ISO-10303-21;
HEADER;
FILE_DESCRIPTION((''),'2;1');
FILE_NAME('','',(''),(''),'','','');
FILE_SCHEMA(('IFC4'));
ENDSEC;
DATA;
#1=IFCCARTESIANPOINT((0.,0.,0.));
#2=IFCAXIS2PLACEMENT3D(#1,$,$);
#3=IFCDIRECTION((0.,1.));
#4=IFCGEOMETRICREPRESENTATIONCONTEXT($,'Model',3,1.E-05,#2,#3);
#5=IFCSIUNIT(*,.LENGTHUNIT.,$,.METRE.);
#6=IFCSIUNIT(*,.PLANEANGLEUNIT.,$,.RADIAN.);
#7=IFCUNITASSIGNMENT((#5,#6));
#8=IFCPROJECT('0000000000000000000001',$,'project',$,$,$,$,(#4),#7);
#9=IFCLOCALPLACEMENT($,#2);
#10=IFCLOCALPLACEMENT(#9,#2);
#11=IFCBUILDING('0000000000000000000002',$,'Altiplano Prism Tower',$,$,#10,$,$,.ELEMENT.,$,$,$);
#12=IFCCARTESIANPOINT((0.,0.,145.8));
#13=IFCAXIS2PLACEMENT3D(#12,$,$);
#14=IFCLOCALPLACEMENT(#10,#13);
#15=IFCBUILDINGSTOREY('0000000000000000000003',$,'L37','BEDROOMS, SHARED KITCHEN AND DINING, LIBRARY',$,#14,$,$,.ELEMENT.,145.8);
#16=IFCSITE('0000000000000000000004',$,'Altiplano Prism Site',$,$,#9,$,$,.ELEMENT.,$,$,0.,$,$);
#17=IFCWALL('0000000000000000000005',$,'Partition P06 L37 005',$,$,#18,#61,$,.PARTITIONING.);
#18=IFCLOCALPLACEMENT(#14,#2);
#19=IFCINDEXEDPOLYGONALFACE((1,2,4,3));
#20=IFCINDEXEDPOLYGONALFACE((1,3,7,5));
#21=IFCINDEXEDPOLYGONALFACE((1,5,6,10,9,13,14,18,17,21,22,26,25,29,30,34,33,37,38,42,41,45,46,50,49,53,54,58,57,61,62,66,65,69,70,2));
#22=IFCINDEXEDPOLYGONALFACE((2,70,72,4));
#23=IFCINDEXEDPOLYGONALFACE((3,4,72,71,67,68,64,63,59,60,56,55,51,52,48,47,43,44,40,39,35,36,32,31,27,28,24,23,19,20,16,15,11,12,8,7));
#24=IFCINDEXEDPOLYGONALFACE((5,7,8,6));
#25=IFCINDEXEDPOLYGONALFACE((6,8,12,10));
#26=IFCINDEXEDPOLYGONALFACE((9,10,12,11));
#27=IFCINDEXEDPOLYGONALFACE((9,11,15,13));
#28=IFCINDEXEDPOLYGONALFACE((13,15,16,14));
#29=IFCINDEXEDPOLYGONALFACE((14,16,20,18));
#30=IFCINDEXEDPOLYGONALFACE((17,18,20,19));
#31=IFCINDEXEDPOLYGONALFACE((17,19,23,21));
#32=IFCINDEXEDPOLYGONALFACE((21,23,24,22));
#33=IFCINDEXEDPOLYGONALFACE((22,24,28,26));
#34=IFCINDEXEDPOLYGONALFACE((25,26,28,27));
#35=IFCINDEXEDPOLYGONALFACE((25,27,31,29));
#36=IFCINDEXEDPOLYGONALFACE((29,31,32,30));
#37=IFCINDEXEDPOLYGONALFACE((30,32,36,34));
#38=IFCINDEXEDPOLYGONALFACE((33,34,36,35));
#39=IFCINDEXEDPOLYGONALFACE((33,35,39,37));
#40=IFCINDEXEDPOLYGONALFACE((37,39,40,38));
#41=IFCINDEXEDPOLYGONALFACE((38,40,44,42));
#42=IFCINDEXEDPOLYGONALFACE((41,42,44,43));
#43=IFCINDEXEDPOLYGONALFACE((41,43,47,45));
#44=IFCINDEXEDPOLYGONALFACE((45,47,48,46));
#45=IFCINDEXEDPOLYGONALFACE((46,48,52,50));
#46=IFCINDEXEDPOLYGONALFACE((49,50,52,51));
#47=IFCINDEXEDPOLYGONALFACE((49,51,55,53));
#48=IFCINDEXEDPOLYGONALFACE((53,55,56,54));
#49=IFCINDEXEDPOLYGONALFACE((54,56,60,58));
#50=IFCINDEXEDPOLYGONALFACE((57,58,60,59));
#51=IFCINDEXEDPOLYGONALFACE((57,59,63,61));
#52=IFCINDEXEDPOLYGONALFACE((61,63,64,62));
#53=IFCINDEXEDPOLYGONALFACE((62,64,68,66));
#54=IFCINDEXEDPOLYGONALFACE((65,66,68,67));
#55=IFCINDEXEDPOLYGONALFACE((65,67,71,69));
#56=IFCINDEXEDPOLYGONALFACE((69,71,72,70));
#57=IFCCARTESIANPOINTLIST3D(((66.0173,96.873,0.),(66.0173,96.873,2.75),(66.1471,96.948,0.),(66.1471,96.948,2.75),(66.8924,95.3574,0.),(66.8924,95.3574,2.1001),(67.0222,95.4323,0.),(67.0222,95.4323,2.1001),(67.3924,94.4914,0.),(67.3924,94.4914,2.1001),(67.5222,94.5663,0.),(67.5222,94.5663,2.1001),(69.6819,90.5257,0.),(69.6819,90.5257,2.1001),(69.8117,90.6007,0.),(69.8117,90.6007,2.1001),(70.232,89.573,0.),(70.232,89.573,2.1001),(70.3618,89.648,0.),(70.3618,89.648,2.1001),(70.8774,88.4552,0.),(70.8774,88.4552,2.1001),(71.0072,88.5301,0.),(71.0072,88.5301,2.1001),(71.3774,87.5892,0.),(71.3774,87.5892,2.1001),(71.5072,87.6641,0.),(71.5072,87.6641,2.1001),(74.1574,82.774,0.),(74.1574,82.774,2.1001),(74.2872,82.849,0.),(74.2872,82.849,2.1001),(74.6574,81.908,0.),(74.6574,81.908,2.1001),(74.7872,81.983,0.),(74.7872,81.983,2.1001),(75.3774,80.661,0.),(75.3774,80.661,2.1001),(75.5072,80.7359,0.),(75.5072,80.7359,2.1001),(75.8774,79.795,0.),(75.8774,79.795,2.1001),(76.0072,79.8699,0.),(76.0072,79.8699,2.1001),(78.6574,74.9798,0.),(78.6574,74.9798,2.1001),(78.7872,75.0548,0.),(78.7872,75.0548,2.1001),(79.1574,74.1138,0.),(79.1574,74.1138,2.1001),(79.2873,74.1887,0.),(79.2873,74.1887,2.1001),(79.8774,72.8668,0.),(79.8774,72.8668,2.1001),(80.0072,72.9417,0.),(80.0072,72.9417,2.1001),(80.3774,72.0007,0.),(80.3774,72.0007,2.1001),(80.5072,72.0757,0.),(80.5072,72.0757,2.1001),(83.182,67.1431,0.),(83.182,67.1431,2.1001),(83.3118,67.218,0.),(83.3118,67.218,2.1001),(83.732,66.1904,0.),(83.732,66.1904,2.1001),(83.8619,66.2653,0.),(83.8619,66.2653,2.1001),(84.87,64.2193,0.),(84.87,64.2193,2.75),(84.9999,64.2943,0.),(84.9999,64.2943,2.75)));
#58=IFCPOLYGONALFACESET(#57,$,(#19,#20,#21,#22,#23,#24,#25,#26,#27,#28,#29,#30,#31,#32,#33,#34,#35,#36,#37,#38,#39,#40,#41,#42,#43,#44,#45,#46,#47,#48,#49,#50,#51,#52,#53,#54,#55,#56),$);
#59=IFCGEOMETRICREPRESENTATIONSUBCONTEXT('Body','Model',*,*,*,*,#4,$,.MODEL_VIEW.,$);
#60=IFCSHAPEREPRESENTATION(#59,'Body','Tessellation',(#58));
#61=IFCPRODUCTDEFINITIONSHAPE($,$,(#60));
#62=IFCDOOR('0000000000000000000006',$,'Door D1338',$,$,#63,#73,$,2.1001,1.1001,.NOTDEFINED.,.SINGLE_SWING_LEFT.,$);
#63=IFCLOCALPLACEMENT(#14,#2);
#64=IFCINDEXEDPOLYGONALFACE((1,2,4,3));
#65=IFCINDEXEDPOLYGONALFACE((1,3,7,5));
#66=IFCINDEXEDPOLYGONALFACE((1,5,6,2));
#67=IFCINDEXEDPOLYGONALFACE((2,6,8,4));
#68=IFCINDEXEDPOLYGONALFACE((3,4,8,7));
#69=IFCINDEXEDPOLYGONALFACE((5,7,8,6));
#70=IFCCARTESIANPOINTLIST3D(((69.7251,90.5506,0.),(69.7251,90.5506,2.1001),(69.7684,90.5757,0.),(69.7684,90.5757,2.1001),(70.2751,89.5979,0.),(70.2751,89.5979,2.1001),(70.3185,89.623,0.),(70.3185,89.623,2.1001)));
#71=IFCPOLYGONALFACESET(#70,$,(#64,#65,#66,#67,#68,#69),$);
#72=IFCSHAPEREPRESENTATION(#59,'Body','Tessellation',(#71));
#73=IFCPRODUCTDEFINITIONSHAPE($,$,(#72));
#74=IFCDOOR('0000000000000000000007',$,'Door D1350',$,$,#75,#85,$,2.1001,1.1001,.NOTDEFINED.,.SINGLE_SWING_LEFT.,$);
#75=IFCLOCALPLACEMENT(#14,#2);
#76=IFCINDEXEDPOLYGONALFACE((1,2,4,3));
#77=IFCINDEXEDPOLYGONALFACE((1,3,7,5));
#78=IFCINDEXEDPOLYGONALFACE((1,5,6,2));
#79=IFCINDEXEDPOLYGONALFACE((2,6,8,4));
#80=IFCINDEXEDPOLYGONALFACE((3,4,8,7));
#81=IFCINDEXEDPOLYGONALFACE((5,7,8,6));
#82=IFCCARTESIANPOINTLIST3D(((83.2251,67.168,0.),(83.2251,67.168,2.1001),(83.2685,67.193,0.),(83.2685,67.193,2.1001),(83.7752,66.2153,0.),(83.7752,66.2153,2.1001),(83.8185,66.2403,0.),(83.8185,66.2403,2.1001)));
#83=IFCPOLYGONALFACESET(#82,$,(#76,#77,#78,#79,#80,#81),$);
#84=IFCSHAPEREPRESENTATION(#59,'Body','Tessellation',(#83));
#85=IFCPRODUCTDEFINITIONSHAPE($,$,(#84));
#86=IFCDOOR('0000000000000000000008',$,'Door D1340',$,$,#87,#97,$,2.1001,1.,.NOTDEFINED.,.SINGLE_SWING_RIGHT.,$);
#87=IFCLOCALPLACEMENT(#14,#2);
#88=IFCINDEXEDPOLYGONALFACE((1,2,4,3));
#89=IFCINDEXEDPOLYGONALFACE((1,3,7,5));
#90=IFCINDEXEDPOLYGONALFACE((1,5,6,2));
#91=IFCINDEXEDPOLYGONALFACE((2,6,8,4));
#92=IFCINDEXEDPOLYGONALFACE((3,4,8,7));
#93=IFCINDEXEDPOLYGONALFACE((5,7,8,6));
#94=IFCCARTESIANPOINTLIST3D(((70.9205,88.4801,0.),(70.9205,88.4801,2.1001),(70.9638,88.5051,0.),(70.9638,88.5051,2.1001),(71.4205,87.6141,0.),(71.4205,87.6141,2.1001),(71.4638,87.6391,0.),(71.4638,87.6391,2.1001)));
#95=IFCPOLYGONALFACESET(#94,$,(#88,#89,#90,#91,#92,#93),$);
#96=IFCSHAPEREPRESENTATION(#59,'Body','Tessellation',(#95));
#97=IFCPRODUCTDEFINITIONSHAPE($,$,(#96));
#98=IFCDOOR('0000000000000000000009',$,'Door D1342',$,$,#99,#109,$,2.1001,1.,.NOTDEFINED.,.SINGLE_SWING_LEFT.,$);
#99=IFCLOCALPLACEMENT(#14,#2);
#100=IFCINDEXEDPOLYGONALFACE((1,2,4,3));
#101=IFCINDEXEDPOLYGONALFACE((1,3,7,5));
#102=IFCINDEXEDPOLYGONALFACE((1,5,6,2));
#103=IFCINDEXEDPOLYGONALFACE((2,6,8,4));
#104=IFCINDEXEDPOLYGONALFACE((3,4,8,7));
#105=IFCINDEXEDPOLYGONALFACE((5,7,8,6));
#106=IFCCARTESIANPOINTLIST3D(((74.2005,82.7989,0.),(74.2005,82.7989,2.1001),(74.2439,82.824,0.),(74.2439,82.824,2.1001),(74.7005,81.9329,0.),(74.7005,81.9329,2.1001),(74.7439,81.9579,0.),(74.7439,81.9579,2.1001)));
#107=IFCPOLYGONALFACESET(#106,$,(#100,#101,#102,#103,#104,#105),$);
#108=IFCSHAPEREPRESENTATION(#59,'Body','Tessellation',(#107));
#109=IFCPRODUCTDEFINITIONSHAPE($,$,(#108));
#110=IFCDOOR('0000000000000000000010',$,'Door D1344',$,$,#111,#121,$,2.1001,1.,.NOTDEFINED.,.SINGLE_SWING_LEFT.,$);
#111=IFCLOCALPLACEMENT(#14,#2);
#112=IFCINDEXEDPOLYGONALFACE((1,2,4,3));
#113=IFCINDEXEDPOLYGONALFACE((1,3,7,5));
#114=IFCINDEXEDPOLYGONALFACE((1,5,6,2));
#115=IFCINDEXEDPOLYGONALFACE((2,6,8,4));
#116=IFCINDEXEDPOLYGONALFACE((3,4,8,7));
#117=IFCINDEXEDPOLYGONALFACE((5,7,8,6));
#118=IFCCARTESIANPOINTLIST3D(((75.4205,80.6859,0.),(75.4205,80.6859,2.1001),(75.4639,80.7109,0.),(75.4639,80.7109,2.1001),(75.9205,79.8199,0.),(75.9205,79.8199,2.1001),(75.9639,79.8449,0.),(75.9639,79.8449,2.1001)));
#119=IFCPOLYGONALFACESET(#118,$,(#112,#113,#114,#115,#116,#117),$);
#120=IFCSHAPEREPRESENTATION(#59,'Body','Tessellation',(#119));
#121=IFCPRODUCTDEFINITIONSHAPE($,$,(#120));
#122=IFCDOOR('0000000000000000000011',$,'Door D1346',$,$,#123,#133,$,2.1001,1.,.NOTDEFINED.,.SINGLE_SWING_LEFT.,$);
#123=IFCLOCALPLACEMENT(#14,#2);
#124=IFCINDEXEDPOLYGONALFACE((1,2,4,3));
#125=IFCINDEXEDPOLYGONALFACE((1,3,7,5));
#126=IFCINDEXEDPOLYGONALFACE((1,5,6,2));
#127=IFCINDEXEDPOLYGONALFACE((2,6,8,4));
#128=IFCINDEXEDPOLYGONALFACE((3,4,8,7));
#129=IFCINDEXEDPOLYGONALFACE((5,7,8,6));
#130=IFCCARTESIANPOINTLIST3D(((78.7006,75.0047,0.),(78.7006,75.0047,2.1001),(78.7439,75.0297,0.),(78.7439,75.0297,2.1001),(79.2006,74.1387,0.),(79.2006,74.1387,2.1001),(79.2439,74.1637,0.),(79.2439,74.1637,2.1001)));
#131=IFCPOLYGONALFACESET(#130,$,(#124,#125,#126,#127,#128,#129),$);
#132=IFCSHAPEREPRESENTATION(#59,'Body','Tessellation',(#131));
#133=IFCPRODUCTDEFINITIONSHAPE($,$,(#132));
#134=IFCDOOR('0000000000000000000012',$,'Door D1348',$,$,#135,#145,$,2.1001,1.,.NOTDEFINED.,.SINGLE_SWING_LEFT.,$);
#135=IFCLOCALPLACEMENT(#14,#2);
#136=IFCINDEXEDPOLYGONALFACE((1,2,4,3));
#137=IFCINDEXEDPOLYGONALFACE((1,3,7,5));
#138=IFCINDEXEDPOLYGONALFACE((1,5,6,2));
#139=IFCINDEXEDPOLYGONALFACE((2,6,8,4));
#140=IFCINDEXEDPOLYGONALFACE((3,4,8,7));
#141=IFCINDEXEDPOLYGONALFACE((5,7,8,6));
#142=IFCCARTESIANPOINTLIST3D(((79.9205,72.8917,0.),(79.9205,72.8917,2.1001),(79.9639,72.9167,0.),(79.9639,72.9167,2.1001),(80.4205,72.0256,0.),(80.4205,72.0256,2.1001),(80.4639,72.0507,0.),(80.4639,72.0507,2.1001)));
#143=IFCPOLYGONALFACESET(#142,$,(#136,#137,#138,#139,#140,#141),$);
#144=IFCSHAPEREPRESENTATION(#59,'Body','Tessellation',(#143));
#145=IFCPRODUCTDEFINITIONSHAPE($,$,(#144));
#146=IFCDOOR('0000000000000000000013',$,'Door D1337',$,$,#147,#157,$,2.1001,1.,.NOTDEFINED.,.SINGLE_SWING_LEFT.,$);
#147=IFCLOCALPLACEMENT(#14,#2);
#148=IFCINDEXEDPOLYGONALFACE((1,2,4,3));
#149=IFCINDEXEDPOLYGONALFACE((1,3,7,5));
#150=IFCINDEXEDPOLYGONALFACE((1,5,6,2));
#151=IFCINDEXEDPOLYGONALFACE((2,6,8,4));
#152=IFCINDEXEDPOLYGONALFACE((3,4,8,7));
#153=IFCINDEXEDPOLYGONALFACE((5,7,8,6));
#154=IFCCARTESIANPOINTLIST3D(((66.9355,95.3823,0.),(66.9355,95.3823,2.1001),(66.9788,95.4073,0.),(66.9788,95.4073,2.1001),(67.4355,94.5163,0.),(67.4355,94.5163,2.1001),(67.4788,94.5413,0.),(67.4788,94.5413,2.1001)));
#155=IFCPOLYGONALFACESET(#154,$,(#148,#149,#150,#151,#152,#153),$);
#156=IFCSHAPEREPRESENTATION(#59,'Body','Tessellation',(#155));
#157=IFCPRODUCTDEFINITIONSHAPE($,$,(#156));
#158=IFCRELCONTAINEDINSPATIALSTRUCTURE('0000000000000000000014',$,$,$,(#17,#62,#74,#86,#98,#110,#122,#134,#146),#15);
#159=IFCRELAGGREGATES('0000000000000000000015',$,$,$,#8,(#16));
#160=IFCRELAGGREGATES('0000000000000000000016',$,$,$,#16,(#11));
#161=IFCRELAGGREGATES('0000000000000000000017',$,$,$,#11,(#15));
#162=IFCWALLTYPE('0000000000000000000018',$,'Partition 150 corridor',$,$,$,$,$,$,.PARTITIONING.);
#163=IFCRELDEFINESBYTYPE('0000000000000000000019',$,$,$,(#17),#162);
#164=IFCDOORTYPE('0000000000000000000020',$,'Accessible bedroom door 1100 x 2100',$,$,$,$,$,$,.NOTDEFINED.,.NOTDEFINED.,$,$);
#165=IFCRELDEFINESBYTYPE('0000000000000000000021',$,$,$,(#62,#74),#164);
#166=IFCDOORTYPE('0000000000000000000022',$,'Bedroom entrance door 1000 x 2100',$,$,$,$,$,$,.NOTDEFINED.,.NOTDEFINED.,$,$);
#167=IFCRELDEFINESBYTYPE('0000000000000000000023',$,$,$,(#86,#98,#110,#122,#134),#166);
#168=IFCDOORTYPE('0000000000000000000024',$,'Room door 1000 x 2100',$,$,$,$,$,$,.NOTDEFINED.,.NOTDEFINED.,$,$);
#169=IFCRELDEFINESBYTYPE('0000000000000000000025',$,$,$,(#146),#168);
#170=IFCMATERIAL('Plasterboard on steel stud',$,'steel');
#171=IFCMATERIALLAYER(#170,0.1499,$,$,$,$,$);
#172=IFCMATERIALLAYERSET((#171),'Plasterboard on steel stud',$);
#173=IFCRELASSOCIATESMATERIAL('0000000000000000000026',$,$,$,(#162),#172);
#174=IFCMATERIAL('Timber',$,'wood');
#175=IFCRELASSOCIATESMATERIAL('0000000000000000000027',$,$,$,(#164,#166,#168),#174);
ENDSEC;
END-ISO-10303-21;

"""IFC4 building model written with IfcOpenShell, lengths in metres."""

from ifc_helpers import new_model, si_unit, direction, frame, frame_2d, origin, place, context, subcontext, project, spatial, rectangle, extrude, material, layer, layer_set, type_object, element, fill, save


model = new_model("IFC4")

# Units and contexts
model_context = context("Model", 3, precision=1e-05, world=origin(), true_north=direction((0.0, 1.0)))
body_context = subcontext(model_context, "Body", "Model", "MODEL_VIEW")
ifc_project = project(units=[si_unit("LENGTHUNIT", "METRE"), si_unit("PLANEANGLEUNIT", "RADIAN")], contexts=[model_context])

# Site, building, storey
site_placement = place(None, origin())
site = spatial("IfcSite", under=ifc_project, at=site_placement, Name="Altiplano Prism Site", CompositionType="ELEMENT", RefElevation=0.0)
building_placement = place(site_placement, origin())
building = spatial("IfcBuilding", under=site, at=building_placement, Name="Altiplano Prism Tower", CompositionType="ELEMENT")
storey_placement = place(building_placement, frame((0.0, 0.0, 145.8)))
storey = spatial("IfcBuildingStorey", under=building, at=storey_placement, Name="L37", Description="BEDROOMS, SHARED KITCHEN AND DINING, LIBRARY", CompositionType="ELEMENT", Elevation=145.8)

# Shared definitions
ifc_material_1 = material(Name="Plasterboard on steel stud", Category="steel")

# Shared definitions
ifc_layer_1 = layer(ifc_material_1, 0.1499)
ifc_layer_set_1 = layer_set([ifc_layer_1], Name="Plasterboard on steel stud")
wall_type_1 = type_object("IfcWallType", Name="Partition 150 corridor", PredefinedType="PARTITIONING", material=ifc_layer_set_1)
ifc_material_2 = material(Name="Timber", Category="wood")

# Wall, openings, doors
wall_1_placement = place(storey_placement, frame((66.0823, 96.9104, 0.0), z_axis=(0.0, 0.0, 1.0), x_axis=(0.500002, -0.866024, 0.0)))
wall_1 = element("IfcWall", 1, at=wall_1_placement, inside=storey, type_object=wall_type_1, Name="Partition P06 L37 005", PredefinedType="PARTITIONING", context=body_context, shape_type="SweptSolid", body=[
    extrude(rectangle(XDim=37.7053, YDim=0.1499, at=frame_2d((18.8525, 0.0))), origin(), (0.0, 0.0, 1.0), 2.75),
])
opening_1_placement = place(wall_1_placement, frame((1.75, 0.0, 0.0)))
opening_1 = element("IfcOpeningElement", 2, at=opening_1_placement, cuts=wall_1, PredefinedType="OPENING", context=body_context, shape_type="SweptSolid", body=[
    extrude(rectangle(XDim=1.0, YDim=2.1001, at=frame_2d((0.5, 1.05))), frame((0.0, 0.0854, 0.0), z_axis=(0.0, -1.0, 0.0), x_axis=(1.0, 0.0, 0.0)), (0.0, 0.0, 1.0), 0.1709),
])
opening_2_placement = place(wall_1_placement, frame((7.3291, 0.0, 0.0)))
opening_2 = element("IfcOpeningElement", 3, at=opening_2_placement, cuts=wall_1, PredefinedType="OPENING", context=body_context, shape_type="SweptSolid", body=[
    extrude(rectangle(XDim=1.1001, YDim=2.1001, at=frame_2d((0.55, 1.05))), frame((0.0, 0.0854, 0.0), z_axis=(0.0, -1.0, 0.0), x_axis=(1.0, 0.0, 0.0)), (0.0, 0.0, 1.0), 0.1709),
])
opening_3_placement = place(wall_1_placement, frame((9.72, 0.0, 0.0)))
opening_3 = element("IfcOpeningElement", 4, at=opening_3_placement, cuts=wall_1, PredefinedType="OPENING", context=body_context, shape_type="SweptSolid", body=[
    extrude(rectangle(XDim=1.0, YDim=2.1001, at=frame_2d((0.5, 1.05))), frame((0.0, 0.0854, 0.0), z_axis=(0.0, -1.0, 0.0), x_axis=(1.0, 0.0, 0.0)), (0.0, 0.0, 1.0), 0.1709),
])
opening_4_placement = place(wall_1_placement, frame((16.28, 0.0, 0.0)))
opening_4 = element("IfcOpeningElement", 5, at=opening_4_placement, cuts=wall_1, PredefinedType="OPENING", context=body_context, shape_type="SweptSolid", body=[
    extrude(rectangle(XDim=1.0, YDim=2.1001, at=frame_2d((0.5, 1.05))), frame((0.0, 0.0854, 0.0), z_axis=(0.0, -1.0, 0.0), x_axis=(1.0, 0.0, 0.0)), (0.0, 0.0, 1.0), 0.1709),
])
opening_5_placement = place(wall_1_placement, frame((18.72, 0.0, 0.0)))
opening_5 = element("IfcOpeningElement", 6, at=opening_5_placement, cuts=wall_1, PredefinedType="OPENING", context=body_context, shape_type="SweptSolid", body=[
    extrude(rectangle(XDim=1.0, YDim=2.1001, at=frame_2d((0.5, 1.05))), frame((0.0, 0.0854, 0.0), z_axis=(0.0, -1.0, 0.0), x_axis=(1.0, 0.0, 0.0)), (0.0, 0.0, 1.0), 0.1709),
])
opening_6_placement = place(wall_1_placement, frame((25.28, 0.0, 0.0)))
opening_6 = element("IfcOpeningElement", 7, at=opening_6_placement, cuts=wall_1, PredefinedType="OPENING", context=body_context, shape_type="SweptSolid", body=[
    extrude(rectangle(XDim=1.0, YDim=2.1001, at=frame_2d((0.5, 1.05))), frame((0.0, 0.0854, 0.0), z_axis=(0.0, -1.0, 0.0), x_axis=(1.0, 0.0, 0.0)), (0.0, 0.0, 1.0), 0.1709),
])
opening_7_placement = place(wall_1_placement, frame((27.72, 0.0, 0.0)))
opening_7 = element("IfcOpeningElement", 8, at=opening_7_placement, cuts=wall_1, PredefinedType="OPENING", context=body_context, shape_type="SweptSolid", body=[
    extrude(rectangle(XDim=1.0, YDim=2.1001, at=frame_2d((0.5, 1.05))), frame((0.0, 0.0854, 0.0), z_axis=(0.0, -1.0, 0.0), x_axis=(1.0, 0.0, 0.0)), (0.0, 0.0, 1.0), 0.1709),
])
opening_8_placement = place(wall_1_placement, frame((34.3291, 0.0, 0.0)))
opening_8 = element("IfcOpeningElement", 9, at=opening_8_placement, cuts=wall_1, PredefinedType="OPENING", context=body_context, shape_type="SweptSolid", body=[
    extrude(rectangle(XDim=1.1001, YDim=2.1001, at=frame_2d((0.55, 1.05))), frame((0.0, 0.0854, 0.0), z_axis=(0.0, -1.0, 0.0), x_axis=(1.0, 0.0, 0.0)), (0.0, 0.0, 1.0), 0.1709),
])
door_type_1 = type_object("IfcDoorType", Name="Accessible bedroom door 1100 x 2100", OperationType="NOTDEFINED", PredefinedType="NOTDEFINED", material=ifc_material_2)
door_1_placement = place(opening_2_placement, origin())
door_1 = element("IfcDoor", 10, at=door_1_placement, inside=storey, type_object=door_type_1, Name="Door D1338", OperationType="SINGLE_SWING_LEFT", OverallHeight=2.1001, OverallWidth=1.1001, PredefinedType="NOTDEFINED", context=body_context, shape_type="SweptSolid", body=[
    extrude(rectangle(XDim=1.1001, YDim=2.1001, at=frame_2d((0.55, 1.05))), frame((0.0, 0.0249, 0.0), z_axis=(0.0, -1.0, 0.0), x_axis=(1.0, 0.0, 0.0)), (0.0, 0.0, 1.0), 0.05),
])
fill(opening_2, door_1)
door_2_placement = place(opening_8_placement, origin())
door_2 = element("IfcDoor", 11, at=door_2_placement, inside=storey, type_object=door_type_1, Name="Door D1350", OperationType="SINGLE_SWING_LEFT", OverallHeight=2.1001, OverallWidth=1.1001, PredefinedType="NOTDEFINED", context=body_context, shape_type="SweptSolid", body=[
    extrude(rectangle(XDim=1.1001, YDim=2.1001, at=frame_2d((0.55, 1.05))), frame((0.0, 0.0249, 0.0), z_axis=(0.0, -1.0, 0.0), x_axis=(1.0, 0.0, 0.0)), (0.0, 0.0, 1.0), 0.05),
])
fill(opening_8, door_2)
door_type_2 = type_object("IfcDoorType", Name="Bedroom entrance door 1000 x 2100", OperationType="NOTDEFINED", PredefinedType="NOTDEFINED", material=ifc_material_2)
door_3_placement = place(opening_3_placement, origin())
door_3 = element("IfcDoor", 12, at=door_3_placement, inside=storey, type_object=door_type_2, Name="Door D1340", OperationType="SINGLE_SWING_RIGHT", OverallHeight=2.1001, OverallWidth=1.0, PredefinedType="NOTDEFINED", context=body_context, shape_type="SweptSolid", body=[
    extrude(rectangle(XDim=1.0, YDim=2.1001, at=frame_2d((0.5, 1.05))), frame((0.0, 0.0249, 0.0), z_axis=(0.0, -1.0, 0.0), x_axis=(1.0, 0.0, 0.0)), (0.0, 0.0, 1.0), 0.05),
])
fill(opening_3, door_3)
door_4_placement = place(opening_4_placement, origin())
door_4 = element("IfcDoor", 13, at=door_4_placement, inside=storey, type_object=door_type_2, Name="Door D1342", OperationType="SINGLE_SWING_LEFT", OverallHeight=2.1001, OverallWidth=1.0, PredefinedType="NOTDEFINED", context=body_context, shape_type="SweptSolid", body=[
    extrude(rectangle(XDim=1.0, YDim=2.1001, at=frame_2d((0.5, 1.05))), frame((0.0, 0.0249, 0.0), z_axis=(0.0, -1.0, 0.0), x_axis=(1.0, 0.0, 0.0)), (0.0, 0.0, 1.0), 0.05),
])
fill(opening_4, door_4)
door_5_placement = place(opening_5_placement, origin())
door_5 = element("IfcDoor", 14, at=door_5_placement, inside=storey, type_object=door_type_2, Name="Door D1344", OperationType="SINGLE_SWING_LEFT", OverallHeight=2.1001, OverallWidth=1.0, PredefinedType="NOTDEFINED", context=body_context, shape_type="SweptSolid", body=[
    extrude(rectangle(XDim=1.0, YDim=2.1001, at=frame_2d((0.5, 1.05))), frame((0.0, 0.0249, 0.0), z_axis=(0.0, -1.0, 0.0), x_axis=(1.0, 0.0, 0.0)), (0.0, 0.0, 1.0), 0.05),
])
fill(opening_5, door_5)
door_6_placement = place(opening_6_placement, origin())
door_6 = element("IfcDoor", 15, at=door_6_placement, inside=storey, type_object=door_type_2, Name="Door D1346", OperationType="SINGLE_SWING_LEFT", OverallHeight=2.1001, OverallWidth=1.0, PredefinedType="NOTDEFINED", context=body_context, shape_type="SweptSolid", body=[
    extrude(rectangle(XDim=1.0, YDim=2.1001, at=frame_2d((0.5, 1.05))), frame((0.0, 0.0249, 0.0), z_axis=(0.0, -1.0, 0.0), x_axis=(1.0, 0.0, 0.0)), (0.0, 0.0, 1.0), 0.05),
])
fill(opening_6, door_6)
door_7_placement = place(opening_7_placement, origin())
door_7 = element("IfcDoor", 16, at=door_7_placement, inside=storey, type_object=door_type_2, Name="Door D1348", OperationType="SINGLE_SWING_LEFT", OverallHeight=2.1001, OverallWidth=1.0, PredefinedType="NOTDEFINED", context=body_context, shape_type="SweptSolid", body=[
    extrude(rectangle(XDim=1.0, YDim=2.1001, at=frame_2d((0.5, 1.05))), frame((0.0, 0.0249, 0.0), z_axis=(0.0, -1.0, 0.0), x_axis=(1.0, 0.0, 0.0)), (0.0, 0.0, 1.0), 0.05),
])
fill(opening_7, door_7)
door_type_3 = type_object("IfcDoorType", Name="Room door 1000 x 2100", OperationType="NOTDEFINED", PredefinedType="NOTDEFINED", material=ifc_material_2)
door_8_placement = place(opening_1_placement, origin())
door_8 = element("IfcDoor", 17, at=door_8_placement, inside=storey, type_object=door_type_3, Name="Door D1337", OperationType="SINGLE_SWING_LEFT", OverallHeight=2.1001, OverallWidth=1.0, PredefinedType="NOTDEFINED", context=body_context, shape_type="SweptSolid", body=[
    extrude(rectangle(XDim=1.0, YDim=2.1001, at=frame_2d((0.5, 1.05))), frame((0.0, 0.0249, 0.0), z_axis=(0.0, -1.0, 0.0), x_axis=(1.0, 0.0, 0.0)), (0.0, 0.0, 1.0), 0.05),
])
fill(opening_1, door_8)

save(model, "model.ifc")
